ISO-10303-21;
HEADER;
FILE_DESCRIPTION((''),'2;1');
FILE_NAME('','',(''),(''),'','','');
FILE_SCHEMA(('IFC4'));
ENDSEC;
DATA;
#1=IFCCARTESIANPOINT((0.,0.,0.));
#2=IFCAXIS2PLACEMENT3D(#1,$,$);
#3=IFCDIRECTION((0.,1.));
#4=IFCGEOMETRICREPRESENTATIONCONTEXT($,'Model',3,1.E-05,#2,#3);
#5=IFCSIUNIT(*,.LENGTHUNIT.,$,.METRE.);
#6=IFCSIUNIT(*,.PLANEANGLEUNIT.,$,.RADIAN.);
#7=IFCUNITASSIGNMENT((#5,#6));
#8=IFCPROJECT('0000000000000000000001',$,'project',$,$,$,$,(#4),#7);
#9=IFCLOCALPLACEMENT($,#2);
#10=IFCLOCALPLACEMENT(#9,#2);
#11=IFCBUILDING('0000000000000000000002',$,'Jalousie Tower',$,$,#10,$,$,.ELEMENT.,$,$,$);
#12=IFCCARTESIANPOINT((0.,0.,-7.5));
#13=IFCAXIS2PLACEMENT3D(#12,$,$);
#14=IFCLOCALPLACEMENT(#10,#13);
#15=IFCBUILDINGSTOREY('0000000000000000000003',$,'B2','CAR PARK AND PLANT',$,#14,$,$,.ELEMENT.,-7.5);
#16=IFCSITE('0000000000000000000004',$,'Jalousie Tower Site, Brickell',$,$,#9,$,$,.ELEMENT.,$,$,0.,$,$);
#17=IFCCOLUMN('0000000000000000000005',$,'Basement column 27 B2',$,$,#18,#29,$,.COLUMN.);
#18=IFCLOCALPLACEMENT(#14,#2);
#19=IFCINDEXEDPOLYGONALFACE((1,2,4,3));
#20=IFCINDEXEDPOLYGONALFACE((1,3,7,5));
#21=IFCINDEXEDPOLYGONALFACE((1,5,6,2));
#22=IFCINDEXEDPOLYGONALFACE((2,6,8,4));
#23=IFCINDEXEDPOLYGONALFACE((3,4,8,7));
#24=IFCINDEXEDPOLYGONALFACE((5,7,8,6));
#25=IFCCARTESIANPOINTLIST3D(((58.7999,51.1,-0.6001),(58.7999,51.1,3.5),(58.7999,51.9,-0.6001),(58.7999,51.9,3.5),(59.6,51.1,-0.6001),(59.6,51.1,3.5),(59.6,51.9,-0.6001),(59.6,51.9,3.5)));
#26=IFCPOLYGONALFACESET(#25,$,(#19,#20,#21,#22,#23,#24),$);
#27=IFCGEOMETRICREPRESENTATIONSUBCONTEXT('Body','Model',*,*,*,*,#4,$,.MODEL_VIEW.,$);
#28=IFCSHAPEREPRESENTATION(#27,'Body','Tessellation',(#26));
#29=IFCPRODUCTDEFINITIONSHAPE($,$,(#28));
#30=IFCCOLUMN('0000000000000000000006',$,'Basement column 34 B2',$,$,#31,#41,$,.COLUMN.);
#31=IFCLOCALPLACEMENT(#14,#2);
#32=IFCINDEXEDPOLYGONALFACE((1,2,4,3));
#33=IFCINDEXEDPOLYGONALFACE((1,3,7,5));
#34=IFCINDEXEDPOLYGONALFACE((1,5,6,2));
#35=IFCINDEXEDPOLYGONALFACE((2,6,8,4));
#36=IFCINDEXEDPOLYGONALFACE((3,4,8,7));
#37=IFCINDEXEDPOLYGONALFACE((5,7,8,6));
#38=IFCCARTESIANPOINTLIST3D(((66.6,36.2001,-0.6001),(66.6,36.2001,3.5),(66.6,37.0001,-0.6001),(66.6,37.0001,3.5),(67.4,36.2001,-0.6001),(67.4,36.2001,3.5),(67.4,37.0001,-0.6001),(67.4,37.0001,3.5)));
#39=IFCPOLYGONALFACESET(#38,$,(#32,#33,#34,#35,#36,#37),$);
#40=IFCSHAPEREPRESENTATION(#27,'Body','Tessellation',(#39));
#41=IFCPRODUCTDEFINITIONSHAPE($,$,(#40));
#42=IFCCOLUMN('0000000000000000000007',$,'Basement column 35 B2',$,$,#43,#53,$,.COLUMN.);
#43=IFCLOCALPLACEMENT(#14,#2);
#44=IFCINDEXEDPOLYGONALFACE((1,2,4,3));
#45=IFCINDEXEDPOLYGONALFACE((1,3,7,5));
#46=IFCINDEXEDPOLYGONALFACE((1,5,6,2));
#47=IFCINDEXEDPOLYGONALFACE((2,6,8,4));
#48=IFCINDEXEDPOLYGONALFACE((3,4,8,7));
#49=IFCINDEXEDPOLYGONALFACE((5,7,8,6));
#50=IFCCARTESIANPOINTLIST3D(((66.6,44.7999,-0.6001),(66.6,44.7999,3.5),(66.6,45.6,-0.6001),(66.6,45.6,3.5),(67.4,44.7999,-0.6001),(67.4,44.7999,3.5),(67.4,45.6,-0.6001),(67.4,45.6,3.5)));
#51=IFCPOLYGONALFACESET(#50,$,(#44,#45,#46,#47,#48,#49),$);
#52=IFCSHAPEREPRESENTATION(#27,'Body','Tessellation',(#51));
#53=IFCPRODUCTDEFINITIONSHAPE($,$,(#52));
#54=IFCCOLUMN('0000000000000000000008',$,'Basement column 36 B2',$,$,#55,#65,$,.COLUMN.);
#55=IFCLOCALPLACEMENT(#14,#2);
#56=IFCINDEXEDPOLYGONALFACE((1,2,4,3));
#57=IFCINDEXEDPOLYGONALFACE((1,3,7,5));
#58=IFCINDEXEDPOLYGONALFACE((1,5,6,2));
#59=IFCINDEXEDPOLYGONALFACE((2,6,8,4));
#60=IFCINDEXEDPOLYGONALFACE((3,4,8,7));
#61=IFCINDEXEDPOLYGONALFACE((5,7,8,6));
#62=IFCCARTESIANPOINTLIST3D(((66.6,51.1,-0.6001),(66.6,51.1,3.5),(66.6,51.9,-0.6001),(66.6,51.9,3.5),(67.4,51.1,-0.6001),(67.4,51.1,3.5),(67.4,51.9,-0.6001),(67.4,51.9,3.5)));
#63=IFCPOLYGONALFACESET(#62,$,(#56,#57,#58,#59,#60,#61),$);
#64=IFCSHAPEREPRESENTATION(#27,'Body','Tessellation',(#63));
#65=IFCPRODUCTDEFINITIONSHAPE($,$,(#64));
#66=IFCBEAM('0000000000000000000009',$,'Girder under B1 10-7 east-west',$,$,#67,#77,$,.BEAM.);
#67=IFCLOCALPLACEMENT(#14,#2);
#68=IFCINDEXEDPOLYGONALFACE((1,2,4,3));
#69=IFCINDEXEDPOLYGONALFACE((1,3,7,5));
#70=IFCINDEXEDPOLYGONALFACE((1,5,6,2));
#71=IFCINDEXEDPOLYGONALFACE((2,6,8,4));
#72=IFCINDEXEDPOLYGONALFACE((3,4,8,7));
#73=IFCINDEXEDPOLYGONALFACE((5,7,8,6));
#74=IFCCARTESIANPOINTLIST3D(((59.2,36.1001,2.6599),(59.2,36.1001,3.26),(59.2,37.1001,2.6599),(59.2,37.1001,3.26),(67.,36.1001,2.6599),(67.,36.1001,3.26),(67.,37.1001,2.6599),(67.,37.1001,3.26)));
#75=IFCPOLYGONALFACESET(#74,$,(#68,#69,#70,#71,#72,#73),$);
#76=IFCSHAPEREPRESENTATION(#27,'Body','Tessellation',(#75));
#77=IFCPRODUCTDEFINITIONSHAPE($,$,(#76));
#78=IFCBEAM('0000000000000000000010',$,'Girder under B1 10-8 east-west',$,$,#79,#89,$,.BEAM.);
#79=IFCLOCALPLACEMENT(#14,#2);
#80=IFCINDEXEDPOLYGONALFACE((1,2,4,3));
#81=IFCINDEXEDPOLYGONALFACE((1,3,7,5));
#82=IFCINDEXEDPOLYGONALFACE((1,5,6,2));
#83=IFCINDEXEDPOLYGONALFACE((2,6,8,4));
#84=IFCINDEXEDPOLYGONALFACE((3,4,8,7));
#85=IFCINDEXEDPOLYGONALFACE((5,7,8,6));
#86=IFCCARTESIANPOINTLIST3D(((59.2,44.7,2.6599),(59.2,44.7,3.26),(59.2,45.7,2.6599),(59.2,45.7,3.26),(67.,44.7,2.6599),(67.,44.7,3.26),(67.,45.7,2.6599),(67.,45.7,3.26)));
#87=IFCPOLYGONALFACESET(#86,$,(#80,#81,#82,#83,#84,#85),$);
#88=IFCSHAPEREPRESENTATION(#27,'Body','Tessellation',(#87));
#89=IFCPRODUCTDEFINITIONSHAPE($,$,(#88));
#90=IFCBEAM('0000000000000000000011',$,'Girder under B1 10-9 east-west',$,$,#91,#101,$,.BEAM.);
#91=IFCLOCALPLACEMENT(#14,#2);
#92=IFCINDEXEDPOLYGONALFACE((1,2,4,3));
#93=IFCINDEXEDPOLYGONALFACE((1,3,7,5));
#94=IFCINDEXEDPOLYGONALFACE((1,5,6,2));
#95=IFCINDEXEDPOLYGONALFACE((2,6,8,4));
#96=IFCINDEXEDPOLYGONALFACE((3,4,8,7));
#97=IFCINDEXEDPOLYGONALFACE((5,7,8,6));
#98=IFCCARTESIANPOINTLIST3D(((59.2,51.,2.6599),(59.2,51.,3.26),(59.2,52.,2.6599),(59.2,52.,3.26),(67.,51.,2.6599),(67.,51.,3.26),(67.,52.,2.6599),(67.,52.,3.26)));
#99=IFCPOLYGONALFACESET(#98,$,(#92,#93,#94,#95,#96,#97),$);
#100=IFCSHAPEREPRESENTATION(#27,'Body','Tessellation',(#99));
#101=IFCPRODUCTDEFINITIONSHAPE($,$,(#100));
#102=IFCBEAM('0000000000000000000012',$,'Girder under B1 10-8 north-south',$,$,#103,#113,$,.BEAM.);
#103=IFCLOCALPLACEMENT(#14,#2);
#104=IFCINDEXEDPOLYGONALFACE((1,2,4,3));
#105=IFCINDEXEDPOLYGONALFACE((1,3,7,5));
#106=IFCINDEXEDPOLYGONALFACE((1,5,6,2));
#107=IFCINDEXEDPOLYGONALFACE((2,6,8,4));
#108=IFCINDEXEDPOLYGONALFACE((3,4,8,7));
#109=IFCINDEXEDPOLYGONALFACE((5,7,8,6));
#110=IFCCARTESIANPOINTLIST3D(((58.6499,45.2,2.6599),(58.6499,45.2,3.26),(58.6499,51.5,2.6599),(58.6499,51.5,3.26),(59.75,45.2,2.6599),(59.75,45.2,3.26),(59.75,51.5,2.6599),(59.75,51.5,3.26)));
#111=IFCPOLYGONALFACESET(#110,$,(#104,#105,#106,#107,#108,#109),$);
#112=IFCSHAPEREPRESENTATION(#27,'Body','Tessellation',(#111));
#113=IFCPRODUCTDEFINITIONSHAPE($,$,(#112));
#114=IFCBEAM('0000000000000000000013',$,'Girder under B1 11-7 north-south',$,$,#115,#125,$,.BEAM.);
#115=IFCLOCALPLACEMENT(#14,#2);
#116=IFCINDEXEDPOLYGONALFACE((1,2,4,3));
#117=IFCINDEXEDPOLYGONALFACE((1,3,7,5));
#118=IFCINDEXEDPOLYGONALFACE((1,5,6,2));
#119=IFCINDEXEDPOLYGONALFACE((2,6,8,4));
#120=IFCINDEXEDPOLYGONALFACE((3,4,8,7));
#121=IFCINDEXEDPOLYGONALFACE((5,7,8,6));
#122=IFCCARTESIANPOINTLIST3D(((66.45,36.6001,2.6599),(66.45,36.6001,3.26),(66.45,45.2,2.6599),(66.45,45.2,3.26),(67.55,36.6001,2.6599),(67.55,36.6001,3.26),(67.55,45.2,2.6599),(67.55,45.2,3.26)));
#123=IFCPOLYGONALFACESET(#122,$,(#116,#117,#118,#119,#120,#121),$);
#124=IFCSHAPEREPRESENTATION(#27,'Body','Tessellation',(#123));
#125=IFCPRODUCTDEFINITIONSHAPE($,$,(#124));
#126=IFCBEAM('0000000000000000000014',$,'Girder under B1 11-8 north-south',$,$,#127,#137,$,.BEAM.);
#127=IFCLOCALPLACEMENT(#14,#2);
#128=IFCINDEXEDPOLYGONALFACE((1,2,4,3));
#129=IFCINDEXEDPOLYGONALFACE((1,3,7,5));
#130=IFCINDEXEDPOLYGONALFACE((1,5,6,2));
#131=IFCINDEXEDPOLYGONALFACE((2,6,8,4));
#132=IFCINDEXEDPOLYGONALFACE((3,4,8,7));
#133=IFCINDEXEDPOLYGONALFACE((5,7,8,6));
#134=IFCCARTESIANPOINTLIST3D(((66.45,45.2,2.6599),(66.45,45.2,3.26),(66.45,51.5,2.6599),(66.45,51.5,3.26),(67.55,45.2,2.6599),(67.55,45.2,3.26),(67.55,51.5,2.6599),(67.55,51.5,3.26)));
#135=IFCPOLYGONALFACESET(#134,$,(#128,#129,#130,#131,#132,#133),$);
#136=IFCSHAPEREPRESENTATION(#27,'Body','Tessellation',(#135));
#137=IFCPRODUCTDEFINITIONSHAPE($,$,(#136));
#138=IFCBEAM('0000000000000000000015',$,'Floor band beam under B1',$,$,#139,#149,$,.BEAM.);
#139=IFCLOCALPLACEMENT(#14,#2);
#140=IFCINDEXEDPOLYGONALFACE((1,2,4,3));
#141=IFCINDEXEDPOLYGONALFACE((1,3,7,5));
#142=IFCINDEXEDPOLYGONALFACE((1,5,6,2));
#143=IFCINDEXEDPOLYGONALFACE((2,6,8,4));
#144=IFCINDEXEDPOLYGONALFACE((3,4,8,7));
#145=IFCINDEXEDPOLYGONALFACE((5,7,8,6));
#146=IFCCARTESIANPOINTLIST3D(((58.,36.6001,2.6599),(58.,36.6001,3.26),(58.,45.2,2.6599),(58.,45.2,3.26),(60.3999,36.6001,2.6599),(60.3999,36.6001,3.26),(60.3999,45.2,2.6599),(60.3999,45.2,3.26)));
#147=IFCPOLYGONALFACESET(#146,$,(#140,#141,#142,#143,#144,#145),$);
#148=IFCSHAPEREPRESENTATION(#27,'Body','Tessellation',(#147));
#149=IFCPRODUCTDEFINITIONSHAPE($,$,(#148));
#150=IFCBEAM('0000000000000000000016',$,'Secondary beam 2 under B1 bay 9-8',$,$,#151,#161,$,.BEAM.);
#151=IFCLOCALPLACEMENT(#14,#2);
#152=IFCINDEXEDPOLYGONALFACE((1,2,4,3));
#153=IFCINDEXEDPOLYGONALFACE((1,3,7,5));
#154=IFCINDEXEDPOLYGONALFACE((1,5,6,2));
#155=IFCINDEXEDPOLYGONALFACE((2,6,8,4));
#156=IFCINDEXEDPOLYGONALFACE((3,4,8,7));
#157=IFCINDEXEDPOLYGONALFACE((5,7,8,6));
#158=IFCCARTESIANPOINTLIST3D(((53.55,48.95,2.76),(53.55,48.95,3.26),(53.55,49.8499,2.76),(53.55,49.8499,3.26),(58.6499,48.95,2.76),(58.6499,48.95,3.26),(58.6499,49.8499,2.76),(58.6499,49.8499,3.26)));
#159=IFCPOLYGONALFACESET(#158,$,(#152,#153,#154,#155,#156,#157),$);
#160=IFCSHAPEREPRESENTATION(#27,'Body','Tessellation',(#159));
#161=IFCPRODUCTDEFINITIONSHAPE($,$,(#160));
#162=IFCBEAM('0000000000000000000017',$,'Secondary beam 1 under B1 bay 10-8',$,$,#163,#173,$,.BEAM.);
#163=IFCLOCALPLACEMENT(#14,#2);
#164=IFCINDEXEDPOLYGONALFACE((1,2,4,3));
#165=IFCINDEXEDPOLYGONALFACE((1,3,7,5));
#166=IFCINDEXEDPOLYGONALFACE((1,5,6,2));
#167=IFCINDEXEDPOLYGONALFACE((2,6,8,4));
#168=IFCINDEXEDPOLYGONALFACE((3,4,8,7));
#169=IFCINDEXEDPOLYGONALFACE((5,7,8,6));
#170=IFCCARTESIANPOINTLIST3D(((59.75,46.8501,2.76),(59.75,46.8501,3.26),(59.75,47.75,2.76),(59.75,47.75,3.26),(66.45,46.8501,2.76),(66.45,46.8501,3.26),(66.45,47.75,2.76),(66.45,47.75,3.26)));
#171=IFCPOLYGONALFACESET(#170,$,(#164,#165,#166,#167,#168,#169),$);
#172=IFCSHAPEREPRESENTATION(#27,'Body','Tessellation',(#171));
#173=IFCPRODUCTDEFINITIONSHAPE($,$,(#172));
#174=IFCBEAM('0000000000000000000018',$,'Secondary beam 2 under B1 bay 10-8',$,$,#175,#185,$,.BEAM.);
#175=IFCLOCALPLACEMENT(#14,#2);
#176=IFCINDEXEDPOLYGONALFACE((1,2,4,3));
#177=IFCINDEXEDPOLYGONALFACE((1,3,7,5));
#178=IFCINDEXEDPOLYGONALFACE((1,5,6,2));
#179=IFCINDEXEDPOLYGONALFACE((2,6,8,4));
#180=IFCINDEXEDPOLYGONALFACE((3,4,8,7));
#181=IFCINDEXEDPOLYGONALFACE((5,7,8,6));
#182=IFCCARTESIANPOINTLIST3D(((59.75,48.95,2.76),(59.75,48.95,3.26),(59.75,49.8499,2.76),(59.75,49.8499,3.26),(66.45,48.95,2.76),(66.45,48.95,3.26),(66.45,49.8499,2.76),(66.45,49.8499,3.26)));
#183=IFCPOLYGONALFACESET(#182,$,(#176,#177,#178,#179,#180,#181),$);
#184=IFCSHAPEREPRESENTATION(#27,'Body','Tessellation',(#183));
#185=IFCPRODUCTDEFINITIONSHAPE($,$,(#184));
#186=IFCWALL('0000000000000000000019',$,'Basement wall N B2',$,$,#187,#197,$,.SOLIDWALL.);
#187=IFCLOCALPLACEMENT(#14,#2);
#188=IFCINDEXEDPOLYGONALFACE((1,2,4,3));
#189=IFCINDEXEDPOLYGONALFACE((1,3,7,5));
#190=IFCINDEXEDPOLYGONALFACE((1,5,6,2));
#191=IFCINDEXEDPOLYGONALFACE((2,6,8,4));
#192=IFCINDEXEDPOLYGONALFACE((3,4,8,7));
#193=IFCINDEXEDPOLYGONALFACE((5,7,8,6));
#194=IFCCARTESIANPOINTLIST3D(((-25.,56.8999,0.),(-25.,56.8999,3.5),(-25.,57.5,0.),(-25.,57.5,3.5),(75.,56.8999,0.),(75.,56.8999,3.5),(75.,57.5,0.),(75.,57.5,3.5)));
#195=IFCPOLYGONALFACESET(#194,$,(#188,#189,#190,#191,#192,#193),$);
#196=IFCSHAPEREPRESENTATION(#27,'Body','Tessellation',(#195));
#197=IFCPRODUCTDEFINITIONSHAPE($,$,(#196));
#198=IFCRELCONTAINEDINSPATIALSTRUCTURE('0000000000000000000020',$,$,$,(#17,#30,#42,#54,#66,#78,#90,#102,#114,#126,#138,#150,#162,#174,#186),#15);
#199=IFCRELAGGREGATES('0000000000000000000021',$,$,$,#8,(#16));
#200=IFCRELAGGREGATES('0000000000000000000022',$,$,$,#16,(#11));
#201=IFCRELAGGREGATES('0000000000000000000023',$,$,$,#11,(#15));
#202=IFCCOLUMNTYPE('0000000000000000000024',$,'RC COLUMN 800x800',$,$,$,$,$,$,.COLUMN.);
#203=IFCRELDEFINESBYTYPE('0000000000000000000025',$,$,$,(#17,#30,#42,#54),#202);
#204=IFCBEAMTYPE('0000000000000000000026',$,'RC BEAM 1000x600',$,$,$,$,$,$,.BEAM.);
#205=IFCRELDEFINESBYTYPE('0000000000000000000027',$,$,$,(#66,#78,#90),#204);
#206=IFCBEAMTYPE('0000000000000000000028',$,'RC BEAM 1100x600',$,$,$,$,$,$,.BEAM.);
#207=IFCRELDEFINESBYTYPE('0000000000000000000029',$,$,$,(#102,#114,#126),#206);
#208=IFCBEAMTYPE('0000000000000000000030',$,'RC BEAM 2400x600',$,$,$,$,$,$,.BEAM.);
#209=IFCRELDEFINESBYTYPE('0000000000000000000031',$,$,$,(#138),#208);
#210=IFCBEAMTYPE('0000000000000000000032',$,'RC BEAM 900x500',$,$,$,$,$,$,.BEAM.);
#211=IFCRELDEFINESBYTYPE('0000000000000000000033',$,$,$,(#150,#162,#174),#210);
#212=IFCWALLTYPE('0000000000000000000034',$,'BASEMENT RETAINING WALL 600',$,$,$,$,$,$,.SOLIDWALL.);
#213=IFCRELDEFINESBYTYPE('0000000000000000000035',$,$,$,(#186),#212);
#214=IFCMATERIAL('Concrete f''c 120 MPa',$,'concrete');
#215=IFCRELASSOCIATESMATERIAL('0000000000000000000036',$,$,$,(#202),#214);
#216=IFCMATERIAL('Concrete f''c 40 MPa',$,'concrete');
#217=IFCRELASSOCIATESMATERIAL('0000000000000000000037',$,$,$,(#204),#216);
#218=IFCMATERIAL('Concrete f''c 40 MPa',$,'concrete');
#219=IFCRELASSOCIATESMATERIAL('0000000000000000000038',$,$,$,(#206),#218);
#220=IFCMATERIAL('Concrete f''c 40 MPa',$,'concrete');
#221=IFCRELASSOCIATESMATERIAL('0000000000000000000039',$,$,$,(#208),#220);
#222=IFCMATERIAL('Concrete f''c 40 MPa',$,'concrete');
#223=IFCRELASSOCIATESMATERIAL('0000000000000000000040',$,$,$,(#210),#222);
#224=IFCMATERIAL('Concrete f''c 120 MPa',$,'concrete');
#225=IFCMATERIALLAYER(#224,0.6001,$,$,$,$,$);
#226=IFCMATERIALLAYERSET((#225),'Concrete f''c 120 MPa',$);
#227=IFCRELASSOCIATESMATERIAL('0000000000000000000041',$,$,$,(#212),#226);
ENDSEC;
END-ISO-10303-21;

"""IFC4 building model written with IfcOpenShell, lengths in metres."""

from ifc_helpers import new_model, si_unit, direction, frame, frame_2d, origin, origin_2d, place, context, subcontext, project, spatial, rectangle, extrude, material, layer, layer_set, material_profile, profile_set, type_object, element, save


model = new_model("IFC4")

# Units and contexts
model_context = context("Model", 3, precision=1e-05, world=origin(), true_north=direction((0.0, 1.0)))
body_context = subcontext(model_context, "Body", "Model", "MODEL_VIEW")
ifc_project = project(units=[si_unit("LENGTHUNIT", "METRE"), si_unit("PLANEANGLEUNIT", "RADIAN")], contexts=[model_context])

# Site, building, storey
site_placement = place(None, origin())
site = spatial("IfcSite", under=ifc_project, at=site_placement, Name="Jalousie Tower Site, Brickell", CompositionType="ELEMENT", RefElevation=0.0)
building_placement = place(site_placement, origin())
building = spatial("IfcBuilding", under=site, at=building_placement, Name="Jalousie Tower", CompositionType="ELEMENT")
storey_placement = place(building_placement, frame((0.0, 0.0, -7.5)))
storey = spatial("IfcBuildingStorey", under=building, at=storey_placement, Name="B2", Description="CAR PARK AND PLANT", CompositionType="ELEMENT", Elevation=-7.5)

# Columns
ifc_material_1 = material(Name="Concrete f'c 120 MPa", Category="concrete")
ifc_material_profile_1 = material_profile(ifc_material_1, rectangle(XDim=0.8, YDim=0.8, at=origin_2d()), Name="RC 800x800")
ifc_profile_set_1 = profile_set([ifc_material_profile_1], Name="Concrete f'c 120 MPa")
column_type = type_object("IfcColumnType", Name="RC COLUMN 800x800", PredefinedType="COLUMN", material=ifc_profile_set_1)
for number, where, z_axis, x_axis, name in (
    (1, (59.2, 51.5, -0.6001), (0.0, 0.0, 1.0), (1.0, 0.0, 0.0), "Basement column 27 B2"),
    (2, (67.0, 36.6001, -0.6001), (0.0, 0.0, 1.0), (1.0, 0.0, 0.0), "Basement column 34 B2"),
    (3, (67.0, 45.2, -0.6001), (0.0, 0.0, 1.0), (1.0, 0.0, 0.0), "Basement column 35 B2"),
    (4, (67.0, 51.5, -0.6001), (0.0, 0.0, 1.0), (1.0, 0.0, 0.0), "Basement column 36 B2"),
):
    element("IfcColumn", number, at=place(storey_placement, frame(where, z_axis=z_axis, x_axis=x_axis)), inside=storey, type_object=column_type, Name=name, PredefinedType="COLUMN", context=body_context, shape_type="SweptSolid", body=[
        extrude(rectangle(XDim=0.8, YDim=0.8, at=origin_2d()), origin(), (0.0, 0.0, 1.0), 4.1001),
    ])

# Beams
ifc_material_2 = material(Name="Concrete f'c 40 MPa", Category="concrete")
ifc_material_profile_2 = material_profile(ifc_material_2, rectangle(XDim=1.0, YDim=0.6001, at=origin_2d()), Name="RC 1000x600")
ifc_profile_set_2 = profile_set([ifc_material_profile_2], Name="Concrete f'c 40 MPa")
beam_type_1 = type_object("IfcBeamType", Name="RC BEAM 1000x600", PredefinedType="BEAM", material=ifc_profile_set_2)
for number, where, z_axis, x_axis, name in (
    (5, (59.2, 36.6001, 2.96), (1.0, 0.0, 0.0), (0.0, 1.0, 0.0), "Girder under B1 10-7 east-west"),
    (6, (59.2, 45.2, 2.96), (1.0, 0.0, 0.0), (0.0, 1.0, 0.0), "Girder under B1 10-8 east-west"),
    (7, (59.2, 51.5, 2.96), (1.0, 0.0, 0.0), (0.0, 1.0, 0.0), "Girder under B1 10-9 east-west"),
):
    element("IfcBeam", number, at=place(storey_placement, frame(where, z_axis=z_axis, x_axis=x_axis)), inside=storey, type_object=beam_type_1, Name=name, PredefinedType="BEAM", context=body_context, shape_type="SweptSolid", body=[
        extrude(rectangle(XDim=1.0, YDim=0.6001, at=origin_2d()), origin(), (0.0, 0.0, 1.0), 7.8),
    ])
ifc_material_3 = material(Name="Concrete f'c 40 MPa", Category="concrete")
ifc_material_profile_3 = material_profile(ifc_material_3, rectangle(XDim=1.1001, YDim=0.6001, at=origin_2d()), Name="RC 1100x600")
ifc_profile_set_3 = profile_set([ifc_material_profile_3], Name="Concrete f'c 40 MPa")
beam_type_2 = type_object("IfcBeamType", Name="RC BEAM 1100x600", PredefinedType="BEAM", material=ifc_profile_set_3)
beam_1_placement = place(storey_placement, frame((59.2, 45.2, 2.96), z_axis=(0.0, 1.0, 0.0), x_axis=(-1.0, 0.0, 0.0)))
element("IfcBeam", 8, at=beam_1_placement, inside=storey, type_object=beam_type_2, Name="Girder under B1 10-8 north-south", PredefinedType="BEAM", context=body_context, shape_type="SweptSolid", body=[
    extrude(rectangle(XDim=1.1001, YDim=0.6001, at=origin_2d()), origin(), (0.0, 0.0, 1.0), 6.3),
])
beam_2_placement = place(storey_placement, frame((67.0, 36.6001, 2.96), z_axis=(0.0, 1.0, 0.0), x_axis=(-1.0, 0.0, 0.0)))
element("IfcBeam", 9, at=beam_2_placement, inside=storey, type_object=beam_type_2, Name="Girder under B1 11-7 north-south", PredefinedType="BEAM", context=body_context, shape_type="SweptSolid", body=[
    extrude(rectangle(XDim=1.1001, YDim=0.6001, at=origin_2d()), origin(), (0.0, 0.0, 1.0), 8.5999),
])
beam_3_placement = place(storey_placement, frame((67.0, 45.2, 2.96), z_axis=(0.0, 1.0, 0.0), x_axis=(-1.0, 0.0, 0.0)))
element("IfcBeam", 10, at=beam_3_placement, inside=storey, type_object=beam_type_2, Name="Girder under B1 11-8 north-south", PredefinedType="BEAM", context=body_context, shape_type="SweptSolid", body=[
    extrude(rectangle(XDim=1.1001, YDim=0.6001, at=origin_2d()), origin(), (0.0, 0.0, 1.0), 6.3),
])
ifc_material_4 = material(Name="Concrete f'c 40 MPa", Category="concrete")
ifc_material_profile_4 = material_profile(ifc_material_4, rectangle(XDim=2.3999, YDim=0.6001, at=origin_2d()), Name="RC 2400x600")
ifc_profile_set_4 = profile_set([ifc_material_profile_4], Name="Concrete f'c 40 MPa")
beam_type_3 = type_object("IfcBeamType", Name="RC BEAM 2400x600", PredefinedType="BEAM", material=ifc_profile_set_4)
beam_4_placement = place(storey_placement, frame((59.2, 36.6001, 2.96), z_axis=(0.0, 1.0, 0.0), x_axis=(-1.0, 0.0, 0.0)))
element("IfcBeam", 11, at=beam_4_placement, inside=storey, type_object=beam_type_3, Name="Floor band beam under B1", PredefinedType="BEAM", context=body_context, shape_type="SweptSolid", body=[
    extrude(rectangle(XDim=2.3999, YDim=0.6001, at=origin_2d()), origin(), (0.0, 0.0, 1.0), 8.5999),
])
ifc_material_5 = material(Name="Concrete f'c 40 MPa", Category="concrete")
ifc_material_profile_5 = material_profile(ifc_material_5, rectangle(XDim=0.8999, YDim=0.5, at=origin_2d()), Name="RC 900x500")
ifc_profile_set_5 = profile_set([ifc_material_profile_5], Name="Concrete f'c 40 MPa")
beam_type_4 = type_object("IfcBeamType", Name="RC BEAM 900x500", PredefinedType="BEAM", material=ifc_profile_set_5)
beam_5_placement = place(storey_placement, frame((53.55, 49.3999, 3.01), z_axis=(1.0, 0.0, 0.0), x_axis=(0.0, 1.0, 0.0)))
element("IfcBeam", 12, at=beam_5_placement, inside=storey, type_object=beam_type_4, Name="Secondary beam 2 under B1 bay 9-8", PredefinedType="BEAM", context=body_context, shape_type="SweptSolid", body=[
    extrude(rectangle(XDim=0.8999, YDim=0.5, at=origin_2d()), origin(), (0.0, 0.0, 1.0), 5.0999),
])
for number, where, z_axis, x_axis, name in (
    (13, (59.75, 47.3, 3.01), (1.0, 0.0, 0.0), (0.0, 1.0, 0.0), "Secondary beam 1 under B1 bay 10-8"),
    (14, (59.75, 49.3999, 3.01), (1.0, 0.0, 0.0), (0.0, 1.0, 0.0), "Secondary beam 2 under B1 bay 10-8"),
):
    element("IfcBeam", number, at=place(storey_placement, frame(where, z_axis=z_axis, x_axis=x_axis)), inside=storey, type_object=beam_type_4, Name=name, PredefinedType="BEAM", context=body_context, shape_type="SweptSolid", body=[
        extrude(rectangle(XDim=0.8999, YDim=0.5, at=origin_2d()), origin(), (0.0, 0.0, 1.0), 6.7),
    ])

# Wall
ifc_material_6 = material(Name="Concrete f'c 120 MPa", Category="concrete")
ifc_layer = layer(ifc_material_6, 0.6001)
ifc_layer_set = layer_set([ifc_layer], Name="Concrete f'c 120 MPa")
wall_type = type_object("IfcWallType", Name="BASEMENT RETAINING WALL 600", PredefinedType="SOLIDWALL", material=ifc_layer_set)
wall_placement = place(storey_placement, frame((75.0, 57.2, 0.0), z_axis=(0.0, 0.0, 1.0), x_axis=(-1.0, 0.0, 0.0)))
element("IfcWall", 15, at=wall_placement, inside=storey, type_object=wall_type, Name="Basement wall N B2", PredefinedType="SOLIDWALL", context=body_context, shape_type="SweptSolid", body=[
    extrude(rectangle(XDim=100.0, YDim=0.6001, at=frame_2d((50.0, 0.0))), origin(), (0.0, 0.0, 1.0), 3.5),
])

save(model, "model.ifc")
